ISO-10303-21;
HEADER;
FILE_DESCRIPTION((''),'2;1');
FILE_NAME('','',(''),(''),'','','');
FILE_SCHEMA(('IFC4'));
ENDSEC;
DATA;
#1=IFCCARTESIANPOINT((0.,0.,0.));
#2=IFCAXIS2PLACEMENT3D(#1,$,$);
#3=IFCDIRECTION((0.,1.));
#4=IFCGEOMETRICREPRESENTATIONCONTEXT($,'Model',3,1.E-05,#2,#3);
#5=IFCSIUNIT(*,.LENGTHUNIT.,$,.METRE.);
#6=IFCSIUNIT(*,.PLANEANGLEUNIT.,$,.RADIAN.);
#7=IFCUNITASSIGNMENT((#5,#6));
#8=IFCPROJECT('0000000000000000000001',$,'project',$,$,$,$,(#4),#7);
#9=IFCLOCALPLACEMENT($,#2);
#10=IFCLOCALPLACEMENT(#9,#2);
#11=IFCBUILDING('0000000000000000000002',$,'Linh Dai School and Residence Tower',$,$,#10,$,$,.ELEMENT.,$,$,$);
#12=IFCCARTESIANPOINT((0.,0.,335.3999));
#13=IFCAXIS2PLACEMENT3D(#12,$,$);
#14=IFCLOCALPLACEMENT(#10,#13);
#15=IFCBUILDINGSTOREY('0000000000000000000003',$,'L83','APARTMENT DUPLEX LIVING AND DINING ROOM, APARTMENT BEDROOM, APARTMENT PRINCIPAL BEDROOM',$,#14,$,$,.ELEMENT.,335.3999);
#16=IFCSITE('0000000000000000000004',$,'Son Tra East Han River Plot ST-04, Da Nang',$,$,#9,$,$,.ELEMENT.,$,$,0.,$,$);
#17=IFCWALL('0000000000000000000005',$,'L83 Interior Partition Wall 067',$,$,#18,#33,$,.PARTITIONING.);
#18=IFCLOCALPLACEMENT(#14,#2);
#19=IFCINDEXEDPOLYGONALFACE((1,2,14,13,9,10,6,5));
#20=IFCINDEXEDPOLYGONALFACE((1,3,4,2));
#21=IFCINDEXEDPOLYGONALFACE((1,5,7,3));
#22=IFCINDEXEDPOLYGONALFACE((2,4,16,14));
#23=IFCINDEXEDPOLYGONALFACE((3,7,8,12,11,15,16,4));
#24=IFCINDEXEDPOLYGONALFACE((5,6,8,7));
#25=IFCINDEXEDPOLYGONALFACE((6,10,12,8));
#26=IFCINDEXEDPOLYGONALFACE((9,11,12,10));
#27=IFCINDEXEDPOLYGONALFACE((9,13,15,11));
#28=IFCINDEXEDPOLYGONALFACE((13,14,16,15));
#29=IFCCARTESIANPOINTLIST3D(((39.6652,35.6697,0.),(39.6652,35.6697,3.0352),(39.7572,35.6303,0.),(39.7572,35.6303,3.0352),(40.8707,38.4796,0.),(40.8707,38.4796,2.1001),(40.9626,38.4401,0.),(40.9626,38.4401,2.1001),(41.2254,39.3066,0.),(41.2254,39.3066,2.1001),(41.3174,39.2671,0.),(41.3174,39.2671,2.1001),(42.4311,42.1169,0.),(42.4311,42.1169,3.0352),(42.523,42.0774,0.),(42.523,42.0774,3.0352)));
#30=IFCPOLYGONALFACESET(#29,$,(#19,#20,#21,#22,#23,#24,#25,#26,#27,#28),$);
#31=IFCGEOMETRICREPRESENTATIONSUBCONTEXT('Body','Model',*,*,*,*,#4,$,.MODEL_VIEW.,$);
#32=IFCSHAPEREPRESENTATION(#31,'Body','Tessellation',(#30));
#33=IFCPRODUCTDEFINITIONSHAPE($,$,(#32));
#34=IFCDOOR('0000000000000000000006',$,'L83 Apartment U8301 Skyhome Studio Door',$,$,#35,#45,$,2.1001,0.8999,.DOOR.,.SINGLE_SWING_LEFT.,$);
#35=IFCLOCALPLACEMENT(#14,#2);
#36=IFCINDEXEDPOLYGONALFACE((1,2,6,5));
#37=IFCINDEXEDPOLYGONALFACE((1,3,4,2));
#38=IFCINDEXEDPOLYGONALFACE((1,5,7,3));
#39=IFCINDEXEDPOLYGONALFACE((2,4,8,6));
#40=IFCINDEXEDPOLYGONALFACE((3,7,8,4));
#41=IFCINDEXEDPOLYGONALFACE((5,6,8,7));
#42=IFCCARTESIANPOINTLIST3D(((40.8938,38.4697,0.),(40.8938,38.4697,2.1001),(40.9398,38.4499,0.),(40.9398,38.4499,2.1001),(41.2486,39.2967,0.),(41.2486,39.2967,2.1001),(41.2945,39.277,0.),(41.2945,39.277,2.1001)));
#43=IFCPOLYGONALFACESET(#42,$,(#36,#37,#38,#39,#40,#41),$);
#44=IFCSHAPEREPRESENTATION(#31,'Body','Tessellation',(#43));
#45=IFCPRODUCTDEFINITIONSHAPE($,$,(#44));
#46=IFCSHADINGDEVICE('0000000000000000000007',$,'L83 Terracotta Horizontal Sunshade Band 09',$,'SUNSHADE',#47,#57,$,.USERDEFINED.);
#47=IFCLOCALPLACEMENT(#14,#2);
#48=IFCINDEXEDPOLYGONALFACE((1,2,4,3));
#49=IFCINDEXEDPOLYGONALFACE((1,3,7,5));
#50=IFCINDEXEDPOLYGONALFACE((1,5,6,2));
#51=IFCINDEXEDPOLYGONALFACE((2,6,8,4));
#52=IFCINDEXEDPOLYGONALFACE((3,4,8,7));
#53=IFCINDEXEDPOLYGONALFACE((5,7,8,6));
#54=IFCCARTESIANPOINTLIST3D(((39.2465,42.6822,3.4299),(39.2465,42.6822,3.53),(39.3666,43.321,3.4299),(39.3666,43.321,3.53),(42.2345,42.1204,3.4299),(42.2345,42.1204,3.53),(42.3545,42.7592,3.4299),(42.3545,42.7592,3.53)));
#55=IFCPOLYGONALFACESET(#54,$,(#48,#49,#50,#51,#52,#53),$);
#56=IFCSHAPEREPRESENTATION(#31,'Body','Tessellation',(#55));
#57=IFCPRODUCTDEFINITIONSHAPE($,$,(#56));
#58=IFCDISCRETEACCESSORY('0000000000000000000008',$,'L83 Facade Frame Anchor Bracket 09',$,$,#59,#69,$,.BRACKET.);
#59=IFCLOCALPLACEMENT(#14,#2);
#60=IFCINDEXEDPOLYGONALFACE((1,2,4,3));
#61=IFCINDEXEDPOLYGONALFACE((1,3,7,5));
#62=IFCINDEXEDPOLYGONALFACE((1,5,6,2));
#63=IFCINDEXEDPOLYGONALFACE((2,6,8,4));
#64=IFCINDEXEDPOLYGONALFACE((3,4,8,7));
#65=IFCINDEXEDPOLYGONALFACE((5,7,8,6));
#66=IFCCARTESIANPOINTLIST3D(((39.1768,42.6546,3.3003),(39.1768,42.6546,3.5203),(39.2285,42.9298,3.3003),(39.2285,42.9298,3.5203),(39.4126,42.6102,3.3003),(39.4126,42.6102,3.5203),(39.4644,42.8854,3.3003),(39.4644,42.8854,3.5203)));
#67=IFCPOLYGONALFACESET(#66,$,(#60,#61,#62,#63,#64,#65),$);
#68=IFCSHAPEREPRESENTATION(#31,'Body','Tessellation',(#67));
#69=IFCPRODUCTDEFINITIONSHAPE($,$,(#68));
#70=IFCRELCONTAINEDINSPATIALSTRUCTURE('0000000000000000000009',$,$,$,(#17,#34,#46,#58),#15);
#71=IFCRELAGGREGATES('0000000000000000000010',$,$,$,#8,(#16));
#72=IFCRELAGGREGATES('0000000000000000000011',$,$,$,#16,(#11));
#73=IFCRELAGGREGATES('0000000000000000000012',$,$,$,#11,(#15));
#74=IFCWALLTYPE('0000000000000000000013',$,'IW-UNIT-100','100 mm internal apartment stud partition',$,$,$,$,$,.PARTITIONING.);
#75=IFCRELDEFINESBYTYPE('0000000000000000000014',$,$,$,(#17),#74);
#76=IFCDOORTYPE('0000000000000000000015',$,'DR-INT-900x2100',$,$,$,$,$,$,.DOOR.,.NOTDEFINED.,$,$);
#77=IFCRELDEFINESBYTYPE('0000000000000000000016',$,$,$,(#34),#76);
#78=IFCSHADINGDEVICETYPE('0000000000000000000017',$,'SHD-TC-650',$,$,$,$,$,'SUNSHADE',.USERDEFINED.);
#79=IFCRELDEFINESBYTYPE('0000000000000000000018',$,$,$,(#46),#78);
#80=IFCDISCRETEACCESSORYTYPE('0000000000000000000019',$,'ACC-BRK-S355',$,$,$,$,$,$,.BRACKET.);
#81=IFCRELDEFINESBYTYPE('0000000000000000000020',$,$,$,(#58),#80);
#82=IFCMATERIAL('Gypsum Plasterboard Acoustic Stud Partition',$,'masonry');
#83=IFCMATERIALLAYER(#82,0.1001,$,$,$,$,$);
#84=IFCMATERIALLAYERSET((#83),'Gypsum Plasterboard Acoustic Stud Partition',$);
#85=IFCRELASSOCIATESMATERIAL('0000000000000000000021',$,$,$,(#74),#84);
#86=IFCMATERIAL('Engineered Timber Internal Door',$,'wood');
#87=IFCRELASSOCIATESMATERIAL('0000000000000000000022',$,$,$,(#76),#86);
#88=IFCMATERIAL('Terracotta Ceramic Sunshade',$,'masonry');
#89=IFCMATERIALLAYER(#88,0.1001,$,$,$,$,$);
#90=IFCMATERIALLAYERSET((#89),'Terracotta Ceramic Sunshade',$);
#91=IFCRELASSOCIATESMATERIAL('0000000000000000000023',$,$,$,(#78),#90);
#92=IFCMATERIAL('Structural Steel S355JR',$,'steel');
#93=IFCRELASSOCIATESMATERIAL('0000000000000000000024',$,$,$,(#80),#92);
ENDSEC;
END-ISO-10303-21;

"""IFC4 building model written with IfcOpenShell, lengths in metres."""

from ifc_helpers import new_model, si_unit, direction, frame, frame_2d, origin, origin_2d, place, context, subcontext, project, spatial, rectangle, extrude, source, transform, mapped, material, layer, layer_set, type_object, element, fill, save


model = new_model("IFC4")

# Units and contexts
model_context = context("Model", 3, precision=1e-05, world=origin(), true_north=direction((0.0, 1.0)))
body_context = subcontext(model_context, "Body", "Model", "MODEL_VIEW")
ifc_project = project(units=[si_unit("LENGTHUNIT", "METRE"), si_unit("PLANEANGLEUNIT", "RADIAN")], contexts=[model_context])

# Site, building, storey
site_placement = place(None, origin())
site = spatial("IfcSite", under=ifc_project, at=site_placement, Name="Son Tra East Han River Plot ST-04, Da Nang", CompositionType="ELEMENT", RefElevation=0.0)
building_placement = place(site_placement, origin())
building = spatial("IfcBuilding", under=site, at=building_placement, Name="Linh Dai School and Residence Tower", CompositionType="ELEMENT")
storey_placement = place(building_placement, frame((0.0, 0.0, 335.3999)))
storey = spatial("IfcBuildingStorey", under=building, at=storey_placement, Name="L83", Description="APARTMENT DUPLEX LIVING AND DINING ROOM, APARTMENT BEDROOM, APARTMENT PRINCIPAL BEDROOM", CompositionType="ELEMENT", Elevation=335.3999)

# Shared definitions
ifc_material_1 = material(Name="Structural Steel S355JR", Category="steel")

# Shared definitions
ifc_material_2 = material(Name="Gypsum Plasterboard Acoustic Stud Partition", Category="masonry")
ifc_layer_1 = layer(ifc_material_2, 0.1001)
ifc_layer_set_1 = layer_set([ifc_layer_1], Name="Gypsum Plasterboard Acoustic Stud Partition")
wall_type_1 = type_object("IfcWallType", Name="IW-UNIT-100", Description="100 mm internal apartment stud partition", PredefinedType="PARTITIONING", material=ifc_layer_set_1)

# Wall, opening, door
wall_1_placement = place(storey_placement, frame((39.7112, 35.6499, 0.0), z_axis=(0.0, 0.0, 1.0), x_axis=(0.394251, 0.919003, 0.0)))
wall_1 = element("IfcWall", 1, at=wall_1_placement, inside=storey, type_object=wall_type_1, Name="L83 Interior Partition Wall 067", PredefinedType="PARTITIONING", context=body_context, shape_type="SweptSolid", body=[
    extrude(rectangle(XDim=7.0154, YDim=0.1001, at=frame_2d((3.5078, 0.0))), origin(), (0.0, 0.0, 1.0), 3.0352),
])
opening_1_placement = place(wall_1_placement, frame((3.0576, 0.0, 0.0)))
opening_1 = element("IfcOpeningElement", 2, at=opening_1_placement, cuts=wall_1, PredefinedType="OPENING", context=body_context, shape_type="SweptSolid", body=[
    extrude(rectangle(XDim=0.8999, YDim=2.1001, at=origin_2d()), frame((0.45, 0.0601, 1.05), z_axis=(0.0, -1.0, 0.0), x_axis=(1.0, 0.0, 0.0)), (0.0, 0.0, 1.0), 0.1201),
])
ifc_material_3 = material(Name="Engineered Timber Internal Door", Category="wood")
door_type_1 = type_object("IfcDoorType", Name="DR-INT-900x2100", OperationType="NOTDEFINED", PredefinedType="DOOR", material=ifc_material_3)
shared_shape_1 = source(origin(), body_context, "Body", "SweptSolid", [
    extrude(rectangle(XDim=0.8999, YDim=2.1001, at=origin_2d()), frame((0.45, 0.0249, 1.05), z_axis=(0.0, -1.0, 0.0), x_axis=(1.0, 0.0, 0.0)), (0.0, 0.0, 1.0), 0.05),
])
door_1_placement = place(opening_1_placement, origin())
door_1 = element("IfcDoor", 3, at=door_1_placement, inside=storey, type_object=door_type_1, Name="L83 Apartment U8301 Skyhome Studio Door", OperationType="SINGLE_SWING_LEFT", OverallHeight=2.1001, OverallWidth=0.8999, PredefinedType="DOOR", context=body_context, shape_type="MappedRepresentation", body=[
    mapped(shared_shape_1, transform((0.0, 0.0, 0.0), x_axis=(1.0, 0.0, 0.0), y_axis=(0.0, 1.0, 0.0), z_axis=(0.0, 0.0, 1.0), scale=1.0)),
])
fill(opening_1, door_1)

# Shading device
ifc_material_4 = material(Name="Terracotta Ceramic Sunshade", Category="masonry")
ifc_layer_2 = layer(ifc_material_4, 0.1001)
ifc_layer_set_2 = layer_set([ifc_layer_2], Name="Terracotta Ceramic Sunshade")
shading_device_type = type_object("IfcShadingDeviceType", Name="SHD-TC-650", ElementType="SUNSHADE", PredefinedType="USERDEFINED", material=ifc_layer_set_2)
shared_shape_2 = source(origin(), body_context, "Body", "SweptSolid", [
    extrude(rectangle(XDim=3.0403, YDim=0.6499, at=origin_2d()), origin(), (0.0, 0.0, 1.0), 0.1001),
])
shading_device_placement = place(storey_placement, frame((40.8005, 42.7207, 3.4299), z_axis=(0.0, 0.0, 1.0), x_axis=(0.982779, -0.184785, 0.0)))
element("IfcShadingDevice", 4, at=shading_device_placement, inside=storey, type_object=shading_device_type, Name="L83 Terracotta Horizontal Sunshade Band 09", ObjectType="SUNSHADE", PredefinedType="USERDEFINED", context=body_context, shape_type="MappedRepresentation", body=[
    mapped(shared_shape_2, transform((0.0, 0.0, 0.0), x_axis=(1.0, 0.0, 0.0), y_axis=(0.0, 1.0, 0.0), z_axis=(0.0, 0.0, 1.0), scale=1.0)),
])

# Discrete accessory
discrete_accessory_type = type_object("IfcDiscreteAccessoryType", Name="ACC-BRK-S355", PredefinedType="BRACKET", material=ifc_material_1)
shared_shape_3 = source(origin(), body_context, "Body", "SweptSolid", [
    extrude(rectangle(XDim=0.28, YDim=0.24, at=origin_2d()), origin(), (0.0, 0.0, 1.0), 0.22),
])
discrete_accessory_placement = place(storey_placement, frame((39.3206, 42.77, 3.3003), z_axis=(0.0, 0.0, 1.0), x_axis=(0.184785, 0.982779, 0.0)))
element("IfcDiscreteAccessory", 5, at=discrete_accessory_placement, inside=storey, type_object=discrete_accessory_type, Name="L83 Facade Frame Anchor Bracket 09", PredefinedType="BRACKET", context=body_context, shape_type="MappedRepresentation", body=[
    mapped(shared_shape_3, transform((0.0, 0.0, 0.0), x_axis=(1.0, 0.0, 0.0), y_axis=(0.0, 1.0, 0.0), z_axis=(0.0, 0.0, 1.0), scale=1.0)),
])

save(model, "model.ifc")
